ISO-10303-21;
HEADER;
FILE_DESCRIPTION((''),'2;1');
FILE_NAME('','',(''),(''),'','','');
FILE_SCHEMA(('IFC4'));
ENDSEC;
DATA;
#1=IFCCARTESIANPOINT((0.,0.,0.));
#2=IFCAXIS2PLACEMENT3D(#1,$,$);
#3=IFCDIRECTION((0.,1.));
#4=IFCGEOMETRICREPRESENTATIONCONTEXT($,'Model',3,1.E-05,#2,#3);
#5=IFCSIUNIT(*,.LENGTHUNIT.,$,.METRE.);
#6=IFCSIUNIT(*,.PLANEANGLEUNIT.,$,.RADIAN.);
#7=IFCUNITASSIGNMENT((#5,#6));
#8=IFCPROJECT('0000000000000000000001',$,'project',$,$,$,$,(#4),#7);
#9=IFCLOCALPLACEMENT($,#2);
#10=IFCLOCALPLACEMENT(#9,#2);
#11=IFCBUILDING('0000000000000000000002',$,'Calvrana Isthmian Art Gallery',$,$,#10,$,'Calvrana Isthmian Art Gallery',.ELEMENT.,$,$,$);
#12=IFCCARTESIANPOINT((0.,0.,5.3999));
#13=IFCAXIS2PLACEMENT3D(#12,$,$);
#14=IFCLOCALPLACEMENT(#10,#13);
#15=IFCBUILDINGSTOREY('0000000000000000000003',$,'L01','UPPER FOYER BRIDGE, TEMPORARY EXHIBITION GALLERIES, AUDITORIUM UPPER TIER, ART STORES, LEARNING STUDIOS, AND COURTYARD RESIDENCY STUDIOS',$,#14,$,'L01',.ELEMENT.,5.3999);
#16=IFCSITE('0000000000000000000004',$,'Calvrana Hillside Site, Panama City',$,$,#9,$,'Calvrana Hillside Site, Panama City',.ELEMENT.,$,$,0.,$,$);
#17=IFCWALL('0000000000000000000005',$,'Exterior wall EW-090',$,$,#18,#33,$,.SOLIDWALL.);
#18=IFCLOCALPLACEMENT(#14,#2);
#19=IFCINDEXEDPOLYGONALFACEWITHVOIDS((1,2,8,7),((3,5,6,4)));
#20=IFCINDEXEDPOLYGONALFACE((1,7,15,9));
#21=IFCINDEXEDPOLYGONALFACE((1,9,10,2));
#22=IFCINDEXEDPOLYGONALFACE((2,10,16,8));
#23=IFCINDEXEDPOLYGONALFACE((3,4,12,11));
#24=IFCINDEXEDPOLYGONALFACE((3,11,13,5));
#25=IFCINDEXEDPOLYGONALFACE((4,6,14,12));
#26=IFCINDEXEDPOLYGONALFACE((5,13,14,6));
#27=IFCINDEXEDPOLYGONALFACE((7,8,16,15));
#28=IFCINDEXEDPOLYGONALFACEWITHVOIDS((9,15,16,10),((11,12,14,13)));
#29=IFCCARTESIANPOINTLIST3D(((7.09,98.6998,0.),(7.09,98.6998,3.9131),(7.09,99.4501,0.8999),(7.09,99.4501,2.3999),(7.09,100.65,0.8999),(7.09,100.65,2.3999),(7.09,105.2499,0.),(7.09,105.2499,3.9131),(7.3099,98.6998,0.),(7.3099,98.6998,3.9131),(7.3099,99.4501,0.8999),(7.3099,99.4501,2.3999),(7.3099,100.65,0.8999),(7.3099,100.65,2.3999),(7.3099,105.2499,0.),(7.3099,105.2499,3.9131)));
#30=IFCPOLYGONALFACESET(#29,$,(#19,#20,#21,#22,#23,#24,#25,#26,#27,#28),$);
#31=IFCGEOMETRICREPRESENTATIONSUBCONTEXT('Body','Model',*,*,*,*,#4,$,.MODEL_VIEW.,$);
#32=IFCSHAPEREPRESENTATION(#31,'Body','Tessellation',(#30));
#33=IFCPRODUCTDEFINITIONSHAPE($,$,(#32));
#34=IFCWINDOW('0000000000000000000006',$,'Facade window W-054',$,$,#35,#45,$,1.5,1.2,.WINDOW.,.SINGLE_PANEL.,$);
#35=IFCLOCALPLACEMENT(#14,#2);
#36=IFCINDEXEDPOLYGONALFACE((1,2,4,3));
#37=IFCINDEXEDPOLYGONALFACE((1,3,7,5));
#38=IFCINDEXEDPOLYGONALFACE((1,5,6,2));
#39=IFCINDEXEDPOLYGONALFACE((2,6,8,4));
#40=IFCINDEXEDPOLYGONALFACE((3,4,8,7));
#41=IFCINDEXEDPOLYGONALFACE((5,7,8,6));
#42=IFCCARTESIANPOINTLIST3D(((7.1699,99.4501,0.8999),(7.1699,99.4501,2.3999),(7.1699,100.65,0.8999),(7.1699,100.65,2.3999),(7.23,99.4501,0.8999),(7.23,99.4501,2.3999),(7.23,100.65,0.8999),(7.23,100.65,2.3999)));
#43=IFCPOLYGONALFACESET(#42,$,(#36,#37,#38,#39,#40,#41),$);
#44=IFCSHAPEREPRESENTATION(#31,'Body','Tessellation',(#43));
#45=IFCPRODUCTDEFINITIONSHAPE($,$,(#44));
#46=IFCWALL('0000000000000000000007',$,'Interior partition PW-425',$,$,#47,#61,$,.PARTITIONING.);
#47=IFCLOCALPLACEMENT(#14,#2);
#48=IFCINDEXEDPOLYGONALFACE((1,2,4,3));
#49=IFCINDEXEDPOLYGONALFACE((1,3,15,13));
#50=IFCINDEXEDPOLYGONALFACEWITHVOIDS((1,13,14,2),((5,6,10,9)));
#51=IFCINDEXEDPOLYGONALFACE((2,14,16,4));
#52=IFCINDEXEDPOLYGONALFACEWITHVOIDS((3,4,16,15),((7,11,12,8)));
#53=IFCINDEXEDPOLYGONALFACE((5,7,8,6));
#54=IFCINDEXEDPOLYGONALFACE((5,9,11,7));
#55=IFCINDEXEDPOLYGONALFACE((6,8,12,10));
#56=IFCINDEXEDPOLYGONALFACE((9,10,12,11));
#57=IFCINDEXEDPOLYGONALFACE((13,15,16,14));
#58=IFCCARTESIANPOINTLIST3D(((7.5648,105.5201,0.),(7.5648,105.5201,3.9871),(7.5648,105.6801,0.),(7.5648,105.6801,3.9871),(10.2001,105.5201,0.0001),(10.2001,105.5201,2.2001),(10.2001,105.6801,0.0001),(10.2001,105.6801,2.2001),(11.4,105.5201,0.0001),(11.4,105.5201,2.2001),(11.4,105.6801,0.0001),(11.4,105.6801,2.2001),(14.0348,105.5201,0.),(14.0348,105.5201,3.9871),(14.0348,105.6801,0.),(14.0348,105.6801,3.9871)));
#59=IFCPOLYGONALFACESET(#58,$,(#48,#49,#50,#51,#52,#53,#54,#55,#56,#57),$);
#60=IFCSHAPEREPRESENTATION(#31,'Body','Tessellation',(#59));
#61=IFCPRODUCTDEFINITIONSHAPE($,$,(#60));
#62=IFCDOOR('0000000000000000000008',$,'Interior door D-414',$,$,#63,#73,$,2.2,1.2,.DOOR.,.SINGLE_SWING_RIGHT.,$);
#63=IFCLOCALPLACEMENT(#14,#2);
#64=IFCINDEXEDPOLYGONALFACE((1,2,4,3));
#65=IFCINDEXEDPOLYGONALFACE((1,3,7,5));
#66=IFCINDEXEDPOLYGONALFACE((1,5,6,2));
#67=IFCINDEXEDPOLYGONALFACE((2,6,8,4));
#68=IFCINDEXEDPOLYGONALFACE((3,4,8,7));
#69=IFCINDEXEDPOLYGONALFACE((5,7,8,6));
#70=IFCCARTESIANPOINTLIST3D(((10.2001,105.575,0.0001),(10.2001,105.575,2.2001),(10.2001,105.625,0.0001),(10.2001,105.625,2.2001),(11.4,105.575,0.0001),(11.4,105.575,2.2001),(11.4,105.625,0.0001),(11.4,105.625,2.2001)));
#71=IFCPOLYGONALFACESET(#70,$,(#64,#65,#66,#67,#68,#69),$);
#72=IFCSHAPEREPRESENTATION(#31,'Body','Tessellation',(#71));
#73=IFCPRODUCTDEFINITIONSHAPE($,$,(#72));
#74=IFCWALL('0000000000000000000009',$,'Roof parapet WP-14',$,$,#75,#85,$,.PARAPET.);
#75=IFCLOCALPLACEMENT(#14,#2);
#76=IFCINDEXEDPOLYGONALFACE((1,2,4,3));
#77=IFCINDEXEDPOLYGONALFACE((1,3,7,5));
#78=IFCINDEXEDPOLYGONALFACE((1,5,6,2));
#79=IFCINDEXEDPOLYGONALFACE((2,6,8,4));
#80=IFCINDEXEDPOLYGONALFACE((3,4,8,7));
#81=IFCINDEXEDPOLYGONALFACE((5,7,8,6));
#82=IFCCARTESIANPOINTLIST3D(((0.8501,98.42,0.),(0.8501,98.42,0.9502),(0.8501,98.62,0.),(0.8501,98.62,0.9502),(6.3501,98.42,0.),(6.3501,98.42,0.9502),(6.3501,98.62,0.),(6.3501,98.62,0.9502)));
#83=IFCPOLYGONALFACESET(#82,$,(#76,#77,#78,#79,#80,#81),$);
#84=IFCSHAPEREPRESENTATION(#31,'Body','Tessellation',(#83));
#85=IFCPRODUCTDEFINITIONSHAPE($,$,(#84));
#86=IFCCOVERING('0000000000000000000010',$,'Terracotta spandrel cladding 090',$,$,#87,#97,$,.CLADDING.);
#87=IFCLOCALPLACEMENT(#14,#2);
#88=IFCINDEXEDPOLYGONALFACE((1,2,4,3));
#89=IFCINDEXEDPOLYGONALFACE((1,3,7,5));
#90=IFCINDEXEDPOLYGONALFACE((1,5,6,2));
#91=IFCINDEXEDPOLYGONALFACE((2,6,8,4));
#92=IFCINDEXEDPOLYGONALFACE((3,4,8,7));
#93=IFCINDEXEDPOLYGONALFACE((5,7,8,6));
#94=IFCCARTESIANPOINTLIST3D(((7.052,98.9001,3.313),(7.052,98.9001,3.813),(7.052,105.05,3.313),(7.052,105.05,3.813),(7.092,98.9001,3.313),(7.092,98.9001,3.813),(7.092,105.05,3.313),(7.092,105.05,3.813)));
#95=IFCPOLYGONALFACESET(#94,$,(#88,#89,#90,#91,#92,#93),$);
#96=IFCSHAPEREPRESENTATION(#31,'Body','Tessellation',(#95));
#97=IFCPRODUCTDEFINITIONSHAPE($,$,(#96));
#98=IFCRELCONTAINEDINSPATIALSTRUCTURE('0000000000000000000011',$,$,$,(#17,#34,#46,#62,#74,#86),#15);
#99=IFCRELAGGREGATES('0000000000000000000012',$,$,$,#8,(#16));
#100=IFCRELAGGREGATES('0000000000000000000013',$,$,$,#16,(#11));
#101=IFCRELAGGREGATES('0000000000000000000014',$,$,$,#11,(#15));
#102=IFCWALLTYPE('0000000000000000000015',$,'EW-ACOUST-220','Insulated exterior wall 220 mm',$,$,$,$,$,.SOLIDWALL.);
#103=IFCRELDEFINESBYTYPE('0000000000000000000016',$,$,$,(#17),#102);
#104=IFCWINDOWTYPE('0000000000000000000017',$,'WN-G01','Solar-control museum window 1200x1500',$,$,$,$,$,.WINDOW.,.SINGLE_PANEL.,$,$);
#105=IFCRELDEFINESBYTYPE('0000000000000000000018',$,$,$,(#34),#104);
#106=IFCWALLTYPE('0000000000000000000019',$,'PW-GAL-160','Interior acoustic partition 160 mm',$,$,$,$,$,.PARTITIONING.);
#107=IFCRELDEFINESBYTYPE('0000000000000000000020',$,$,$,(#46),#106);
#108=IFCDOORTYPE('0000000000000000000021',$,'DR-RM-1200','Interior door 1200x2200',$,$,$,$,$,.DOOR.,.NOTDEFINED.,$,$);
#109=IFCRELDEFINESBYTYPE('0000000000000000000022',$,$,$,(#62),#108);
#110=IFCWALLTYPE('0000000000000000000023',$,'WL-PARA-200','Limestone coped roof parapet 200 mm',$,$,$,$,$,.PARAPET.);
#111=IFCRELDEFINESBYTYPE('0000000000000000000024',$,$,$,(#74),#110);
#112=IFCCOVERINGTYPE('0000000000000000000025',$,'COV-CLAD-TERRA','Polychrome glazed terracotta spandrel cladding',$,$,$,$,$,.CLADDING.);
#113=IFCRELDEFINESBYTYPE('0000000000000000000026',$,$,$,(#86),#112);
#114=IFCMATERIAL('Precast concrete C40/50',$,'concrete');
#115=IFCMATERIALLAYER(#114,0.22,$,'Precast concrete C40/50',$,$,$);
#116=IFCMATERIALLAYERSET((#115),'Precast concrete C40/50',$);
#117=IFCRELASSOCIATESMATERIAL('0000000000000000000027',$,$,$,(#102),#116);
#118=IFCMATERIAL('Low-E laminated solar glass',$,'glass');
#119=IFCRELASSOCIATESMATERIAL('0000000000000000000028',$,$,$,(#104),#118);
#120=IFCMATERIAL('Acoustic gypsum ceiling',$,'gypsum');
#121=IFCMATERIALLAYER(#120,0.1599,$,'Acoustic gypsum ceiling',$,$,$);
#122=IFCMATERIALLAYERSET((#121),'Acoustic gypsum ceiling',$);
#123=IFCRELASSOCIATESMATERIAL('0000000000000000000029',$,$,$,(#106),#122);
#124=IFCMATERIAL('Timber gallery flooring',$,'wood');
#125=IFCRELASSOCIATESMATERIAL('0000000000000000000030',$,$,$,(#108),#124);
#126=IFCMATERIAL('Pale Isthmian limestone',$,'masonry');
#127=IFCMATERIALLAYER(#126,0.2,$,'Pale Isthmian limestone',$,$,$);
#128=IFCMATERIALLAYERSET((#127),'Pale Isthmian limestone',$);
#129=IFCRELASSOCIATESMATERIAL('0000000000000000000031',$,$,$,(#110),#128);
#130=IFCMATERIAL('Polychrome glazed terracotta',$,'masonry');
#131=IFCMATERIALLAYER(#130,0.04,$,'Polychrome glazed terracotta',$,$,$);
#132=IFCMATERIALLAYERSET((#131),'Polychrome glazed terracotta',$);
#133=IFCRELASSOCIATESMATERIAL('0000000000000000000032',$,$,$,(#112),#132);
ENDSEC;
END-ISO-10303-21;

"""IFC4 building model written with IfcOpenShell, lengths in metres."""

from ifc_helpers import new_model, si_unit, direction, frame, frame_2d, origin, origin_2d, place, context, subcontext, project, spatial, rectangle, extrude, material, layer, layer_set, type_object, element, fill, save


model = new_model("IFC4")

# Units and contexts
model_context = context("Model", 3, precision=1e-05, world=origin(), true_north=direction((0.0, 1.0)))
body_context = subcontext(model_context, "Body", "Model", "MODEL_VIEW")
ifc_project = project(units=[si_unit("LENGTHUNIT", "METRE"), si_unit("PLANEANGLEUNIT", "RADIAN")], contexts=[model_context])

# Site, building, storey
site_placement = place(None, origin())
site = spatial("IfcSite", under=ifc_project, at=site_placement, Name="Calvrana Hillside Site, Panama City", LongName="Calvrana Hillside Site, Panama City", CompositionType="ELEMENT", RefElevation=0.0)
building_placement = place(site_placement, origin())
building = spatial("IfcBuilding", under=site, at=building_placement, Name="Calvrana Isthmian Art Gallery", LongName="Calvrana Isthmian Art Gallery", CompositionType="ELEMENT")
storey_placement = place(building_placement, frame((0.0, 0.0, 5.3999)))
storey = spatial("IfcBuildingStorey", under=building, at=storey_placement, Name="L01", Description="UPPER FOYER BRIDGE, TEMPORARY EXHIBITION GALLERIES, AUDITORIUM UPPER TIER, ART STORES, LEARNING STUDIOS, AND COURTYARD RESIDENCY STUDIOS", LongName="L01", CompositionType="ELEMENT", Elevation=5.3999)

# Shared definitions
ifc_material_1 = material(Name="Polychrome glazed terracotta", Category="masonry")

# Wall, opening, window
ifc_material_2 = material(Name="Precast concrete C40/50", Category="concrete")
ifc_layer_1 = layer(ifc_material_2, 0.22, Name="Precast concrete C40/50")
ifc_layer_set_1 = layer_set([ifc_layer_1], Name="Precast concrete C40/50")
wall_type_1 = type_object("IfcWallType", Name="EW-ACOUST-220", Description="Insulated exterior wall 220 mm", PredefinedType="SOLIDWALL", material=ifc_layer_set_1)
wall_1_placement = place(storey_placement, frame((7.2, 98.7, 0.0), z_axis=(0.0, 0.0, 1.0), x_axis=(0.0, 1.0, 0.0)))
wall_1 = element("IfcWall", 1, at=wall_1_placement, inside=storey, type_object=wall_type_1, Name="Exterior wall EW-090", PredefinedType="SOLIDWALL", context=body_context, shape_type="SweptSolid", body=[
    extrude(rectangle(XDim=6.55, YDim=0.22, at=frame_2d((3.2749, 0.0))), origin(), (0.0, 0.0, 1.0), 3.9131),
])
opening_1_placement = place(wall_1_placement, frame((0.75, 0.0, 0.8999)))
opening_1 = element("IfcOpeningElement", 2, at=opening_1_placement, cuts=wall_1, PredefinedType="OPENING", context=body_context, shape_type="SweptSolid", body=[
    extrude(rectangle(XDim=1.2, YDim=1.5, at=frame_2d((0.6001, 0.75))), frame((0.0, 0.1201, 0.0), z_axis=(0.0, -1.0, 0.0), x_axis=(1.0, 0.0, 0.0)), (0.0, 0.0, 1.0), 0.2405),
])
ifc_material_3 = material(Name="Low-E laminated solar glass", Category="glass")
window_type = type_object("IfcWindowType", Name="WN-G01", Description="Solar-control museum window 1200x1500", PartitioningType="SINGLE_PANEL", PredefinedType="WINDOW", material=ifc_material_3)
window_placement = place(opening_1_placement, origin())
window = element("IfcWindow", 3, at=window_placement, inside=storey, type_object=window_type, Name="Facade window W-054", OverallHeight=1.5, OverallWidth=1.2, PartitioningType="SINGLE_PANEL", PredefinedType="WINDOW", context=body_context, shape_type="SweptSolid", body=[
    extrude(rectangle(XDim=1.2, YDim=1.5, at=frame_2d((0.6001, 0.75))), frame((0.0, 0.03, 0.0), z_axis=(0.0, -1.0, 0.0), x_axis=(1.0, 0.0, 0.0)), (0.0, 0.0, 1.0), 0.0601),
])
fill(opening_1, window)

# Wall, opening, door
ifc_material_4 = material(Name="Acoustic gypsum ceiling", Category="gypsum")
ifc_layer_2 = layer(ifc_material_4, 0.1599, Name="Acoustic gypsum ceiling")
ifc_layer_set_2 = layer_set([ifc_layer_2], Name="Acoustic gypsum ceiling")
wall_type_2 = type_object("IfcWallType", Name="PW-GAL-160", Description="Interior acoustic partition 160 mm", PredefinedType="PARTITIONING", material=ifc_layer_set_2)
wall_2_placement = place(storey_placement, frame((7.5649, 105.6001, 0.0), z_axis=(0.0, 0.0, 1.0), x_axis=(1.0, 0.0, 0.0)))
wall_2 = element("IfcWall", 4, at=wall_2_placement, inside=storey, type_object=wall_type_2, Name="Interior partition PW-425", PredefinedType="PARTITIONING", context=body_context, shape_type="SweptSolid", body=[
    extrude(rectangle(XDim=6.47, YDim=0.1599, at=frame_2d((3.2349, 0.0))), origin(), (0.0, 0.0, 1.0), 3.9871),
])
opening_2_placement = place(wall_2_placement, frame((2.635, 0.0, 0.0)))
opening_2 = element("IfcOpeningElement", 5, at=opening_2_placement, cuts=wall_2, PredefinedType="OPENING", context=body_context, shape_type="SweptSolid", body=[
    extrude(rectangle(XDim=1.2, YDim=2.2, at=frame_2d((0.6001, 1.1001))), frame((0.0, 0.0903, 0.0), z_axis=(0.0, -1.0, 0.0), x_axis=(1.0, 0.0, 0.0)), (0.0, 0.0, 1.0), 0.1804),
])
ifc_material_5 = material(Name="Timber gallery flooring", Category="wood")
door_type = type_object("IfcDoorType", Name="DR-RM-1200", Description="Interior door 1200x2200", OperationType="NOTDEFINED", PredefinedType="DOOR", material=ifc_material_5)
door_placement = place(opening_2_placement, origin())
door = element("IfcDoor", 6, at=door_placement, inside=storey, type_object=door_type, Name="Interior door D-414", OperationType="SINGLE_SWING_RIGHT", OverallHeight=2.2, OverallWidth=1.2, PredefinedType="DOOR", context=body_context, shape_type="SweptSolid", body=[
    extrude(rectangle(XDim=1.2, YDim=2.2, at=frame_2d((0.6001, 1.1001))), frame((0.0, 0.0249, 0.0), z_axis=(0.0, -1.0, 0.0), x_axis=(1.0, 0.0, 0.0)), (0.0, 0.0, 1.0), 0.05),
])
fill(opening_2, door)

# Wall
ifc_material_6 = material(Name="Pale Isthmian limestone", Category="masonry")
ifc_layer_3 = layer(ifc_material_6, 0.2, Name="Pale Isthmian limestone")
ifc_layer_set_3 = layer_set([ifc_layer_3], Name="Pale Isthmian limestone")
wall_type_3 = type_object("IfcWallType", Name="WL-PARA-200", Description="Limestone coped roof parapet 200 mm", PredefinedType="PARAPET", material=ifc_layer_set_3)
wall_3_placement = place(storey_placement, frame((0.8501, 98.52, 0.0), z_axis=(0.0, 0.0, 1.0), x_axis=(1.0, 0.0, 0.0)))
element("IfcWall", 7, at=wall_3_placement, inside=storey, type_object=wall_type_3, Name="Roof parapet WP-14", PredefinedType="PARAPET", context=body_context, shape_type="SweptSolid", body=[
    extrude(rectangle(XDim=5.5, YDim=0.2, at=frame_2d((2.75, 0.0))), origin(), (0.0, 0.0, 1.0), 0.9502),
])

# Covering
ifc_layer_4 = layer(ifc_material_1, 0.04, Name="Polychrome glazed terracotta")
ifc_layer_set_4 = layer_set([ifc_layer_4], Name="Polychrome glazed terracotta")
covering_type = type_object("IfcCoveringType", Name="COV-CLAD-TERRA", Description="Polychrome glazed terracotta spandrel cladding", PredefinedType="CLADDING", material=ifc_layer_set_4)
covering_placement = place(storey_placement, frame((7.072, 101.9751, 3.313), z_axis=(0.0, 0.0, 1.0), x_axis=(0.0, 1.0, 0.0)))
element("IfcCovering", 8, at=covering_placement, inside=storey, type_object=covering_type, Name="Terracotta spandrel cladding 090", PredefinedType="CLADDING", context=body_context, shape_type="SweptSolid", body=[
    extrude(rectangle(XDim=6.1499, YDim=0.04, at=origin_2d()), origin(), (0.0, 0.0, 1.0), 0.5),
])

save(model, "model.ifc")
